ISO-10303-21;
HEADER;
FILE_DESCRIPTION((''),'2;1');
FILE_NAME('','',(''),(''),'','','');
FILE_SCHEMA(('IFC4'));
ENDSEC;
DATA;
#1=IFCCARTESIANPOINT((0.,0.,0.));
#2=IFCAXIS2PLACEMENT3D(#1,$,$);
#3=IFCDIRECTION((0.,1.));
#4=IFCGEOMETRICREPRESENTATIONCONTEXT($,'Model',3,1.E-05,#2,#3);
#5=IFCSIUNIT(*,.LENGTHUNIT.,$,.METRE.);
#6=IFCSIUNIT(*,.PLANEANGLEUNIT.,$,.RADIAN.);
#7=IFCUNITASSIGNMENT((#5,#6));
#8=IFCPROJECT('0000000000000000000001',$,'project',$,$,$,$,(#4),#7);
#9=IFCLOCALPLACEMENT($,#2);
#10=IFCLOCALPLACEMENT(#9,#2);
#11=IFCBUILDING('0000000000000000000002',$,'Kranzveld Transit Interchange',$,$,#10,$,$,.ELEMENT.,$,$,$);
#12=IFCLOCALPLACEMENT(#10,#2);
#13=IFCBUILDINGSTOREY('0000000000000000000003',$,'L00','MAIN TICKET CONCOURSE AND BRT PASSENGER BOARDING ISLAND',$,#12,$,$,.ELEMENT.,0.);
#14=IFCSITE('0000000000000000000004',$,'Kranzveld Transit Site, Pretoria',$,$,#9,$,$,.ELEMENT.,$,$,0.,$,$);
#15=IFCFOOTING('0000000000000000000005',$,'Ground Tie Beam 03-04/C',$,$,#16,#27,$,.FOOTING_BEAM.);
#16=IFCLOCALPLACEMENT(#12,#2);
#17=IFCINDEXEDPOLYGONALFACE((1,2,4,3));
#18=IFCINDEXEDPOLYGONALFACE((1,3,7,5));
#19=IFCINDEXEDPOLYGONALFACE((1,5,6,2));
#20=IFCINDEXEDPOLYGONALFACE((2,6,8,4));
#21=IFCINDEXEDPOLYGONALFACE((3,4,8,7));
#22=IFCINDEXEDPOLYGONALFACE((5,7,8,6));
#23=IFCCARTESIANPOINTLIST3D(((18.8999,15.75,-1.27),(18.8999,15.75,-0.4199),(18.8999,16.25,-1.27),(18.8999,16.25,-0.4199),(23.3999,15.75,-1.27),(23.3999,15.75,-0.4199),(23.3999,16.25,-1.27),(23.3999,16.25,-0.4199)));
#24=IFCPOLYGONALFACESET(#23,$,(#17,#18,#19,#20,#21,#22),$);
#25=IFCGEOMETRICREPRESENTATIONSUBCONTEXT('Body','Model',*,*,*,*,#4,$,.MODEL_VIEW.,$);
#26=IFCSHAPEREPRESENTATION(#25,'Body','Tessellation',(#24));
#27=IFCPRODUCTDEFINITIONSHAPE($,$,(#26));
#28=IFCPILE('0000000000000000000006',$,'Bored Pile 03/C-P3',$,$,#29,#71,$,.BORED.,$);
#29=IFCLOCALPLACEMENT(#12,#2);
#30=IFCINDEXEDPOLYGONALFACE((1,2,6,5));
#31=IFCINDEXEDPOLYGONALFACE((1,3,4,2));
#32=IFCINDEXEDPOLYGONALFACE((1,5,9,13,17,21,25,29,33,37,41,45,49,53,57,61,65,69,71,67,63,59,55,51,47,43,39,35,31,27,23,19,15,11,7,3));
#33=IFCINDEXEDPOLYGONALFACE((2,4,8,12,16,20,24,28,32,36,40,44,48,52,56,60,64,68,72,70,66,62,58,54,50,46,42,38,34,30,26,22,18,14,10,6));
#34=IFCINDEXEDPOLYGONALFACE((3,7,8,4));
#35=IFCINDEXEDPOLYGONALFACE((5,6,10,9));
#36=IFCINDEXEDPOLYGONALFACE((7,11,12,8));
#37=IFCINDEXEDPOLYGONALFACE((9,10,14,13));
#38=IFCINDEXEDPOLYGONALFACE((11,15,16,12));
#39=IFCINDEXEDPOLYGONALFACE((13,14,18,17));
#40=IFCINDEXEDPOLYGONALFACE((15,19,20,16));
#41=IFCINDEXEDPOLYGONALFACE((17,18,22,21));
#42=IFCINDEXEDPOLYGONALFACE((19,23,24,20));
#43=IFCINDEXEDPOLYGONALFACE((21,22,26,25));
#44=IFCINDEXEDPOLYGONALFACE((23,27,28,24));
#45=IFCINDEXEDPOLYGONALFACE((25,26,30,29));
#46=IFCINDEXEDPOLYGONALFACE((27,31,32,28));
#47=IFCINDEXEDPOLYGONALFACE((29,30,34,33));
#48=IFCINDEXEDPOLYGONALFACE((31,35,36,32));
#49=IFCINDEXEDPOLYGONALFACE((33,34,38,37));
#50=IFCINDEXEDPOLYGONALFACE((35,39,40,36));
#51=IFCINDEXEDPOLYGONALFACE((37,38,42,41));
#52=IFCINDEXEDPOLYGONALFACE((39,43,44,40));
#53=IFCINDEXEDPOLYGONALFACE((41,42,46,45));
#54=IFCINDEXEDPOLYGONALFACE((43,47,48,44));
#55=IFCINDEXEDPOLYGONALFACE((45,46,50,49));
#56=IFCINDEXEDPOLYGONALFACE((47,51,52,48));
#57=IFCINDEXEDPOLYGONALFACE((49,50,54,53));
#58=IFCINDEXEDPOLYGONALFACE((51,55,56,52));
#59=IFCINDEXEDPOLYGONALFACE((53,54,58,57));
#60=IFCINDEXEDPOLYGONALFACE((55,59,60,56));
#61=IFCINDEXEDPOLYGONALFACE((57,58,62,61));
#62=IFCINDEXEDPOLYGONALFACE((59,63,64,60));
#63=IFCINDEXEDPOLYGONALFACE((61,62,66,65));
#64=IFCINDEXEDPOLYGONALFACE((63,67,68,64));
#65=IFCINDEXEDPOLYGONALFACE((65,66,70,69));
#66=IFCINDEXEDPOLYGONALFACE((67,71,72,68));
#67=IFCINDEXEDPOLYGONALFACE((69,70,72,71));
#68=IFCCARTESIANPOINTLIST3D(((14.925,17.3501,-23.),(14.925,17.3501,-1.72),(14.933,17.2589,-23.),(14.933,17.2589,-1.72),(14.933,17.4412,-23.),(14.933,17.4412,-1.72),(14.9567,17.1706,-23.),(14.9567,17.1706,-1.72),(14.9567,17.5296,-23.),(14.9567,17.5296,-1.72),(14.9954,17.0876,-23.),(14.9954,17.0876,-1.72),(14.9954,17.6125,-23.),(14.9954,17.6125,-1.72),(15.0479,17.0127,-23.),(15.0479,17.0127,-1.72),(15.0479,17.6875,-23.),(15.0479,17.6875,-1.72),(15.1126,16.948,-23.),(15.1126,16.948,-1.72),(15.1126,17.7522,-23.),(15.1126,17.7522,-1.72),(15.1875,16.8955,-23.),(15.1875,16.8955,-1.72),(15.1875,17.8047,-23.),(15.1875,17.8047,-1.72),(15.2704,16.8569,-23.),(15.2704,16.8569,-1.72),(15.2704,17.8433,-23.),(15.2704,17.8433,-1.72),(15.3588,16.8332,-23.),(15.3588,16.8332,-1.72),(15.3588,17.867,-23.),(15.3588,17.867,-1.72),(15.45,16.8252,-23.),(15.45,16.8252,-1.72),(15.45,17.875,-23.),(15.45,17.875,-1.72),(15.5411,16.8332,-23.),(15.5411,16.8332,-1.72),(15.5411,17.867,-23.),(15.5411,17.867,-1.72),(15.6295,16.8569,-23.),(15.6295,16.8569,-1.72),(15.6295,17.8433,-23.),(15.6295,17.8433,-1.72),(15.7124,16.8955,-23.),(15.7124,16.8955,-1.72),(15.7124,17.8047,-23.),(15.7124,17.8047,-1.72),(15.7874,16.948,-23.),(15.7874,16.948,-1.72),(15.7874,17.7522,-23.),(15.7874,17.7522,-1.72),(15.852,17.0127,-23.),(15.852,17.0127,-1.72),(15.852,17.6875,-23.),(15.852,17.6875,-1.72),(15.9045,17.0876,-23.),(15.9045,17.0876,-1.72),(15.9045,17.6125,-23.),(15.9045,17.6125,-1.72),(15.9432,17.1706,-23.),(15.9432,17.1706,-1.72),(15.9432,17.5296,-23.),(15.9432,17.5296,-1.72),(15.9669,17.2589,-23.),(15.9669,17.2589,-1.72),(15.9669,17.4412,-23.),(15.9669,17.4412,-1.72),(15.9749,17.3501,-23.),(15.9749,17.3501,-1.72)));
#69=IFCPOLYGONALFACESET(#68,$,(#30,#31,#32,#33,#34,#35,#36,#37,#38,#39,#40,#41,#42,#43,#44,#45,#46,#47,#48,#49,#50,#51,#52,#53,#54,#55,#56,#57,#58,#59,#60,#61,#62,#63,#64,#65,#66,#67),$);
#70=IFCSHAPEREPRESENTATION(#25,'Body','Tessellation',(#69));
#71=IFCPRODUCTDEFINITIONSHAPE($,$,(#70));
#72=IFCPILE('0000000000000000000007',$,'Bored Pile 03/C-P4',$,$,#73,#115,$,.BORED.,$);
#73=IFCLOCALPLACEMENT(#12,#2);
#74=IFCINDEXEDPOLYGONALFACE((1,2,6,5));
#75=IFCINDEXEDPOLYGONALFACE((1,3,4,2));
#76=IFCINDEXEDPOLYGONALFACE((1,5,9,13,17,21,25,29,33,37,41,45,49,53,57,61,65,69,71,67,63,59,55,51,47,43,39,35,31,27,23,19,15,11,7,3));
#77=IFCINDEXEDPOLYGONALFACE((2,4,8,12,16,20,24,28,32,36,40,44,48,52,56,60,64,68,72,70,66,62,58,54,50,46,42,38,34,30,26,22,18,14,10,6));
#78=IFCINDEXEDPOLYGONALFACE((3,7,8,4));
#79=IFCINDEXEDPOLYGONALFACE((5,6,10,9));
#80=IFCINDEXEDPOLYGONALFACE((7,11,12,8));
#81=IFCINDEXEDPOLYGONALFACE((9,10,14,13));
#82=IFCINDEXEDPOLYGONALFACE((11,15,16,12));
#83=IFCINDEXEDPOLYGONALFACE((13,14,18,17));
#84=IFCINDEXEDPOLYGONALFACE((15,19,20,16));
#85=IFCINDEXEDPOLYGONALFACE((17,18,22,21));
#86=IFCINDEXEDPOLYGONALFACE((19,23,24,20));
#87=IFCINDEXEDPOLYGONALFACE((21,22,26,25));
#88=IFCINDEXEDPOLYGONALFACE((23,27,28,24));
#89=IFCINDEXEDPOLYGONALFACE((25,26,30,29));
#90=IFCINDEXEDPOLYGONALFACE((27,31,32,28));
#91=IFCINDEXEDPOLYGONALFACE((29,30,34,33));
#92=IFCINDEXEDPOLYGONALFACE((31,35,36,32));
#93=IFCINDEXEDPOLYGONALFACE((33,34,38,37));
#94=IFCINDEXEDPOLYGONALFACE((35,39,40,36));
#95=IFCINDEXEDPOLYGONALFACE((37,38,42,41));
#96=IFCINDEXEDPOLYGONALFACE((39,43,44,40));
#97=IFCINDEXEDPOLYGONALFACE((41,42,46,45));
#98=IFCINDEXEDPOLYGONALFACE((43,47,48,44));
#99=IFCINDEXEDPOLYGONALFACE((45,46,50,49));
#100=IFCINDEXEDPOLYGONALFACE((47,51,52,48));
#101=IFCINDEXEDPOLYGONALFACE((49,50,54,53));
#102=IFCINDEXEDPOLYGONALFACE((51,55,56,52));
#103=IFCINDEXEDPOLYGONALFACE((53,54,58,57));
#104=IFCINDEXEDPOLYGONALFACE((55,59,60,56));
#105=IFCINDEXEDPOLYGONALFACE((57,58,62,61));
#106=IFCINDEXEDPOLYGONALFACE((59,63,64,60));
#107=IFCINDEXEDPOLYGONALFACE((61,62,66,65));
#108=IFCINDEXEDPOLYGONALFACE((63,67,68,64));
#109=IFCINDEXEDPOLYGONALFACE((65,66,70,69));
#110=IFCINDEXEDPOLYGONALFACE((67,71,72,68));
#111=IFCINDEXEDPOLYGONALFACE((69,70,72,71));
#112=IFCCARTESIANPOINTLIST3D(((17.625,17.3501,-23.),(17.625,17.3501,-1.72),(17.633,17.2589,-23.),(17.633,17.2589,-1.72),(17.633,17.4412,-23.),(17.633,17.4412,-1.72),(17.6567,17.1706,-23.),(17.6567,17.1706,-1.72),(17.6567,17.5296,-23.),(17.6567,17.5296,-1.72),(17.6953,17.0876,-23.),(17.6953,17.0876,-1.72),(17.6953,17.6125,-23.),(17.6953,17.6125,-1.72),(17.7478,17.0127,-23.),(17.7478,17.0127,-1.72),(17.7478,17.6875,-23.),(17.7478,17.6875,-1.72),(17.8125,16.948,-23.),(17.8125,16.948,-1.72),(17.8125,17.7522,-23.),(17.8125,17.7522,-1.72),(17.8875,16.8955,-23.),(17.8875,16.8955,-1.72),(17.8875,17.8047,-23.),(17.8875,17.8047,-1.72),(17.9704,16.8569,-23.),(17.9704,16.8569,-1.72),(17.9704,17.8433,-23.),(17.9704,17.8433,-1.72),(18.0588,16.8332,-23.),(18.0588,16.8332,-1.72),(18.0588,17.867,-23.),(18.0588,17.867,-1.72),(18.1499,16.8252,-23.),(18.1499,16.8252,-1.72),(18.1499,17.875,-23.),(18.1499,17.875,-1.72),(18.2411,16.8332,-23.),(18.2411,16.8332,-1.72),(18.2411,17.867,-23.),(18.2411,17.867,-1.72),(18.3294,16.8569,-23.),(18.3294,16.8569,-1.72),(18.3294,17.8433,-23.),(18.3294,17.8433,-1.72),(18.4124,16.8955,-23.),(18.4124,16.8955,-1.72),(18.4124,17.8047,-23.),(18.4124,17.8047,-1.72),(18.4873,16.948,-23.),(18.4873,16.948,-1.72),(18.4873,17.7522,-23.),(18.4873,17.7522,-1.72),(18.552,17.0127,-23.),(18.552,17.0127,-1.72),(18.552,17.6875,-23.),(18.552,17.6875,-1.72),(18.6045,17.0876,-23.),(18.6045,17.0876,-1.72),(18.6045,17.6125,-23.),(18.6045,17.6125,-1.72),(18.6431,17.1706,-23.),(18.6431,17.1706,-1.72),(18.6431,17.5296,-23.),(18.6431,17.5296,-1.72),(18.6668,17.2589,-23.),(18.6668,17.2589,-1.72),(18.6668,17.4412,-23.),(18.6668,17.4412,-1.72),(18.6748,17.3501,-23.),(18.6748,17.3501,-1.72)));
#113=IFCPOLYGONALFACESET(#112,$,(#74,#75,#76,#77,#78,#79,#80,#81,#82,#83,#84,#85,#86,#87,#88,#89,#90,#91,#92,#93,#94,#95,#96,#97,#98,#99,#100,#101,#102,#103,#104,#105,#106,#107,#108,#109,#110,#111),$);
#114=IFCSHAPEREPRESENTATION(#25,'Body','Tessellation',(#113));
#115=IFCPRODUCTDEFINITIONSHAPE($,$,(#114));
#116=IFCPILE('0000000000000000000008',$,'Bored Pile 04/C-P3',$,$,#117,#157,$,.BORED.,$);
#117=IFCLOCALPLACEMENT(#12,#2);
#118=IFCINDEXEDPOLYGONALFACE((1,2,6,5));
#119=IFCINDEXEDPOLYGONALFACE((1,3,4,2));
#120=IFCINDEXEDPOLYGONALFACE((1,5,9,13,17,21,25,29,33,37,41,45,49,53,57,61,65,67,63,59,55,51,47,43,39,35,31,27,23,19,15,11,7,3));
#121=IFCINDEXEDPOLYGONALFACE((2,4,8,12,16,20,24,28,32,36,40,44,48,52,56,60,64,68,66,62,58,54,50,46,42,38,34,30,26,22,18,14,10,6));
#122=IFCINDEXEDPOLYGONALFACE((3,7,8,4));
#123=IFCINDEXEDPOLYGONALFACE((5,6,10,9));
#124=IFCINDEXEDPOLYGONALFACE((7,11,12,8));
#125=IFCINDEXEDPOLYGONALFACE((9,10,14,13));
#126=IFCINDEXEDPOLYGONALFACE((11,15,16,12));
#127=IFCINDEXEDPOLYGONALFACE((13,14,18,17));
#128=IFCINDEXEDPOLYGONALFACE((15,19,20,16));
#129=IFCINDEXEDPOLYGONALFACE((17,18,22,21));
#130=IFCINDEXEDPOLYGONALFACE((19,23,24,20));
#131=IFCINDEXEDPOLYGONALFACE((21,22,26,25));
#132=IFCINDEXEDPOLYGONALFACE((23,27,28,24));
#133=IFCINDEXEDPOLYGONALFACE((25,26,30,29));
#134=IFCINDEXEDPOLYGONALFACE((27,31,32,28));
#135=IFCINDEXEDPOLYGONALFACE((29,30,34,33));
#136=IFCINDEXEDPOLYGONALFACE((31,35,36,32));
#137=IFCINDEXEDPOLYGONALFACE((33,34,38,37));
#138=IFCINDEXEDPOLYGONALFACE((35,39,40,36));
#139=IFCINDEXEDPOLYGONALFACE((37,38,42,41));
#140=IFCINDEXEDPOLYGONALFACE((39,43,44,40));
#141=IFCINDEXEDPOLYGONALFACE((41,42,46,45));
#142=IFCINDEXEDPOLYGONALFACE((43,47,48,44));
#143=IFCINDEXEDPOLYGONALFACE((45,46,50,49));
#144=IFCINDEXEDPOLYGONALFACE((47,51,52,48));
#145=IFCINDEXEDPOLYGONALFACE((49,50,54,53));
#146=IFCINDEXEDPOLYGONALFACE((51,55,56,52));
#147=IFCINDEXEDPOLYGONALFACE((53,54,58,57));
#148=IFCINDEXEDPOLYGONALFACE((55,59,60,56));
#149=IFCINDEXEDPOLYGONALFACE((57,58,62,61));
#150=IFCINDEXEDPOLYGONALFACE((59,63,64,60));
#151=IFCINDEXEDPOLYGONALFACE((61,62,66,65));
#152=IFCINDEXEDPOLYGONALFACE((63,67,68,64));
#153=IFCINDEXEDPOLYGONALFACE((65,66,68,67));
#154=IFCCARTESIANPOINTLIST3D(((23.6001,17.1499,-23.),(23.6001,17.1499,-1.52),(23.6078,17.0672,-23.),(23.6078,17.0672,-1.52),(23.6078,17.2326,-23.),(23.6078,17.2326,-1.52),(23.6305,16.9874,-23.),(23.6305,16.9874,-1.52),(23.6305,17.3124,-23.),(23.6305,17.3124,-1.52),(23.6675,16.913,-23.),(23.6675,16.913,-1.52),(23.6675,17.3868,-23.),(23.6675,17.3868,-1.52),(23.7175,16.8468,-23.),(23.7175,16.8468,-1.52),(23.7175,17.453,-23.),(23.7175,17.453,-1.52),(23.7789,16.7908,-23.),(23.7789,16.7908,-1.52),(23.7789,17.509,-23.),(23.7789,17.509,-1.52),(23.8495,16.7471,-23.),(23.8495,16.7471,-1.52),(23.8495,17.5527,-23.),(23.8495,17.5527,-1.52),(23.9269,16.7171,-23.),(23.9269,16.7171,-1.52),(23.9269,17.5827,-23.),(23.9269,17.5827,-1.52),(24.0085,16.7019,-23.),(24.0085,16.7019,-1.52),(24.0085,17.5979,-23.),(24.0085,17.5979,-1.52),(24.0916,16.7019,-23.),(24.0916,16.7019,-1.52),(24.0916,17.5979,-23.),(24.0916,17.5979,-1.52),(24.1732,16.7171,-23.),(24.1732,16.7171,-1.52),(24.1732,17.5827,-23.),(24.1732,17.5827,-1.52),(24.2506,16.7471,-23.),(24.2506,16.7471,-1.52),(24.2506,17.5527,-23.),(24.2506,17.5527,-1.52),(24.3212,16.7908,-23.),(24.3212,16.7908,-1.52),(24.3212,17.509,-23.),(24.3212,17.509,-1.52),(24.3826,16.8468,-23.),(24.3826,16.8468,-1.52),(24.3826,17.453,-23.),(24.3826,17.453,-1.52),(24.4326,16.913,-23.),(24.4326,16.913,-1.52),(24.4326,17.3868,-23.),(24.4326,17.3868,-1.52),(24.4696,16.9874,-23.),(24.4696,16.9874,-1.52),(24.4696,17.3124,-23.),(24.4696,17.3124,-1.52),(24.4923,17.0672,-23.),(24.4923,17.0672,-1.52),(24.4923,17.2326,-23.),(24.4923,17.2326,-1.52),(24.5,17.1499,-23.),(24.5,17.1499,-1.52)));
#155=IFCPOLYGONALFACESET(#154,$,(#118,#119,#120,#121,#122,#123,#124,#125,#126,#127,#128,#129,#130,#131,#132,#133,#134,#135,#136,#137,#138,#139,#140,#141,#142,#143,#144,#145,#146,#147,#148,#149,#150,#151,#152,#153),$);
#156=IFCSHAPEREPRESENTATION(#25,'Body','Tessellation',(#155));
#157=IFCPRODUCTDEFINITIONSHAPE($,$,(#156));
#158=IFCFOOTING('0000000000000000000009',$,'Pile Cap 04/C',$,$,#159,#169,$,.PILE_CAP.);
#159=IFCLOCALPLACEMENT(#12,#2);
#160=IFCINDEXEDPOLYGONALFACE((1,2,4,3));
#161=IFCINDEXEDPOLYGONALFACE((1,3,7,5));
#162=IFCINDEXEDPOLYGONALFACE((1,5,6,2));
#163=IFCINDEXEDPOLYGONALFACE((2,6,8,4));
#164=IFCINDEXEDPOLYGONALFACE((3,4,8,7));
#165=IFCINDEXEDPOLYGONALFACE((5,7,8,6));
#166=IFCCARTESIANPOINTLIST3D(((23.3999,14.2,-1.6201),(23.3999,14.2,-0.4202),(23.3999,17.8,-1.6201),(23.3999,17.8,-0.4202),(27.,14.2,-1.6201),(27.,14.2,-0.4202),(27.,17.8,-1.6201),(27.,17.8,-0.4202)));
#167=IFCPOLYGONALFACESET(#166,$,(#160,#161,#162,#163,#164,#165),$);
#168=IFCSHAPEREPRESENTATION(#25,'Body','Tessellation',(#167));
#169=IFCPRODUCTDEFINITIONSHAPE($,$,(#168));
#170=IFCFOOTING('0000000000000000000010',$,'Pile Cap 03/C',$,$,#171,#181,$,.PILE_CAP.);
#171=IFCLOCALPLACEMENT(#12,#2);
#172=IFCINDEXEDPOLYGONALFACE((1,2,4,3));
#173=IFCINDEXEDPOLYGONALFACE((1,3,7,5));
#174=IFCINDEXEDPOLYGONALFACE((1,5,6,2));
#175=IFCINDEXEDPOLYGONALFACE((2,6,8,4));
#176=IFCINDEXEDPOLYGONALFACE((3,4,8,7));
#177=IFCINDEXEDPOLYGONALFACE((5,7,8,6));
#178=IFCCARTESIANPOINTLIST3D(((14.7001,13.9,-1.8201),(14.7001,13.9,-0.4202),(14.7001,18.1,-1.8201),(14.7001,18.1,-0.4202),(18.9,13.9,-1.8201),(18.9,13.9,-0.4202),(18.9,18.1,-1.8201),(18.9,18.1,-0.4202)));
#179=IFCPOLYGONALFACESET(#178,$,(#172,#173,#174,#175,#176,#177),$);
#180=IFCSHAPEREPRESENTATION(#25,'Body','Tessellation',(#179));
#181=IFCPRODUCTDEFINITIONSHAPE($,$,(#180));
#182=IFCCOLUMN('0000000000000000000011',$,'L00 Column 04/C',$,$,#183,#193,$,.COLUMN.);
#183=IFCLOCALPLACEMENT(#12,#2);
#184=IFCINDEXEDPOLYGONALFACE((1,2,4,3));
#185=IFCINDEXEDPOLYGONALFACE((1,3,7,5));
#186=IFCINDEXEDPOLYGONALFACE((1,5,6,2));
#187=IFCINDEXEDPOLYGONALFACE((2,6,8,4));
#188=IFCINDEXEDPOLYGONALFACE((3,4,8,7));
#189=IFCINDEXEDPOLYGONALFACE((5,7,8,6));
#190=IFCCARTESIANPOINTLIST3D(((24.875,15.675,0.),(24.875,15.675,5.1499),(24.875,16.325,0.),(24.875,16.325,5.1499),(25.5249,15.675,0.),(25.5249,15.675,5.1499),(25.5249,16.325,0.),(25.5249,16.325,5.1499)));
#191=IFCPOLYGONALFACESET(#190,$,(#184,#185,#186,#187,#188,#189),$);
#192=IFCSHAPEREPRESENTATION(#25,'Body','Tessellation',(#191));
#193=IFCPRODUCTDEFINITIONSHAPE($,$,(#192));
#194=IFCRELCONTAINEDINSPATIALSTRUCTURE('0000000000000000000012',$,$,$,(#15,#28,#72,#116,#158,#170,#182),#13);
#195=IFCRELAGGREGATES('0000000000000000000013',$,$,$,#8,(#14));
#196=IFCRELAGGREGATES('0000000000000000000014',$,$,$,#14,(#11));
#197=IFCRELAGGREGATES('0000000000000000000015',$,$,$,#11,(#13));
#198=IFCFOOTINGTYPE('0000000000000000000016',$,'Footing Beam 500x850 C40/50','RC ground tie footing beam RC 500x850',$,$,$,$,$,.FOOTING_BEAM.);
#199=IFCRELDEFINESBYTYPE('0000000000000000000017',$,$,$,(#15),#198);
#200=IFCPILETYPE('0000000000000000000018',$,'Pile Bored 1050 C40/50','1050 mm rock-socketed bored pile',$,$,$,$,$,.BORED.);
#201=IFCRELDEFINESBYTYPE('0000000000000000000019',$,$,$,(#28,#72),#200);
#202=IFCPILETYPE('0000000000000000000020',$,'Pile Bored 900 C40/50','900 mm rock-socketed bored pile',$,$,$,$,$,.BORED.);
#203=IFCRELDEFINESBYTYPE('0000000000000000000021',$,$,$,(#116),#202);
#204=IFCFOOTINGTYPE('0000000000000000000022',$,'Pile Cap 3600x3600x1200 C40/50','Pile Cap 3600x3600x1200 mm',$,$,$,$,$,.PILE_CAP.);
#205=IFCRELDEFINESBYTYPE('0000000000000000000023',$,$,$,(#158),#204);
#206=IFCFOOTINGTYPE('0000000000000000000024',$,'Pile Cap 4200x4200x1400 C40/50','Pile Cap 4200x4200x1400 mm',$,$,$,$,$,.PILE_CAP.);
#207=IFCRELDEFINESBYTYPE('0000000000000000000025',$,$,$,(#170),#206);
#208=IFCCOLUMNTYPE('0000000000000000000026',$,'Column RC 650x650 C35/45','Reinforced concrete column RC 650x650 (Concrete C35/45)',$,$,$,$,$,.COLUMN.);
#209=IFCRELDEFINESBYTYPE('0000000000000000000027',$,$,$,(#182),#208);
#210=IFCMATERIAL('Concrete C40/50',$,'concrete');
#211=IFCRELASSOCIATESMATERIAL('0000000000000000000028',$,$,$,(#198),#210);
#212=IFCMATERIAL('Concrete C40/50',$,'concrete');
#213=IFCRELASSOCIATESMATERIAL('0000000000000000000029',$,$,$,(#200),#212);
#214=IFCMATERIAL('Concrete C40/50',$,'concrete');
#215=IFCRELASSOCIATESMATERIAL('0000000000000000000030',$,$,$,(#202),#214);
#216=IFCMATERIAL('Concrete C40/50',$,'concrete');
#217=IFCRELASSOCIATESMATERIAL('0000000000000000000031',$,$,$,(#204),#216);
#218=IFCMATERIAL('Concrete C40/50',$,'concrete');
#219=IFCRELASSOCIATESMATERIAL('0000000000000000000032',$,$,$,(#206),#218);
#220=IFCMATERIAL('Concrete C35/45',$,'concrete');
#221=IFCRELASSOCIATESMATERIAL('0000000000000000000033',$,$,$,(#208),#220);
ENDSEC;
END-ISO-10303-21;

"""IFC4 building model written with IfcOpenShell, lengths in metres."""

from ifc_helpers import new_model, si_unit, direction, frame, origin, origin_2d, place, context, subcontext, project, spatial, rectangle, circle, extrude, material, material_profile, profile_set, type_object, element, save


model = new_model("IFC4")

# Units and contexts
model_context = context("Model", 3, precision=1e-05, world=origin(), true_north=direction((0.0, 1.0)))
body_context = subcontext(model_context, "Body", "Model", "MODEL_VIEW")
ifc_project = project(units=[si_unit("LENGTHUNIT", "METRE"), si_unit("PLANEANGLEUNIT", "RADIAN")], contexts=[model_context])

# Site, building, storey
site_placement = place(None, origin())
site = spatial("IfcSite", under=ifc_project, at=site_placement, Name="Kranzveld Transit Site, Pretoria", CompositionType="ELEMENT", RefElevation=0.0)
building_placement = place(site_placement, origin())
building = spatial("IfcBuilding", under=site, at=building_placement, Name="Kranzveld Transit Interchange", CompositionType="ELEMENT")
storey_placement = place(building_placement, origin())
storey = spatial("IfcBuildingStorey", under=building, at=storey_placement, Name="L00", Description="MAIN TICKET CONCOURSE AND BRT PASSENGER BOARDING ISLAND", CompositionType="ELEMENT", Elevation=0.0)

# Footing
ifc_material_1 = material(Name="Concrete C40/50", Category="concrete")
ifc_material_profile_1 = material_profile(ifc_material_1, rectangle(XDim=0.5, YDim=0.8501, at=origin_2d()), Name="RC 500x850")
ifc_profile_set_1 = profile_set([ifc_material_profile_1], Name="Concrete C40/50")
footing_type_1 = type_object("IfcFootingType", Name="Footing Beam 500x850 C40/50", Description="RC ground tie footing beam RC 500x850", PredefinedType="FOOTING_BEAM", material=ifc_profile_set_1)
footing_1_placement = place(storey_placement, frame((18.8999, 16.0, -0.845), z_axis=(1.0, 0.0, 0.0), x_axis=(0.0, 1.0, 0.0)))
element("IfcFooting", 1, at=footing_1_placement, inside=storey, type_object=footing_type_1, Name="Ground Tie Beam 03-04/C", PredefinedType="FOOTING_BEAM", context=body_context, shape_type="SweptSolid", body=[
    extrude(rectangle(XDim=0.5, YDim=0.8501, at=origin_2d()), origin(), (0.0, 0.0, 1.0), 4.5),
])

# Piles
ifc_material_2 = material(Name="Concrete C40/50", Category="concrete")
ifc_material_profile_2 = material_profile(ifc_material_2, circle(Radius=0.5249, at=origin_2d()), Name="BORED PILE 1050")
ifc_profile_set_2 = profile_set([ifc_material_profile_2], Name="Concrete C40/50")
pile_type_1 = type_object("IfcPileType", Name="Pile Bored 1050 C40/50", Description="1050 mm rock-socketed bored pile", PredefinedType="BORED", material=ifc_profile_set_2)
for number, where, z_axis, x_axis, name in (
    (2, (15.45, 17.3501, -1.72), (0.0, 0.0, -1.0), (1.0, 0.0, 0.0), "Bored Pile 03/C-P3"),
    (3, (18.1499, 17.3501, -1.72), (0.0, 0.0, -1.0), (1.0, 0.0, 0.0), "Bored Pile 03/C-P4"),
):
    element("IfcPile", number, at=place(storey_placement, frame(where, z_axis=z_axis, x_axis=x_axis)), inside=storey, type_object=pile_type_1, Name=name, PredefinedType="BORED", context=body_context, shape_type="SweptSolid", body=[
        extrude(circle(Radius=0.5249, at=origin_2d()), origin(), (0.0, 0.0, 1.0), 21.28),
    ])
ifc_material_3 = material(Name="Concrete C40/50", Category="concrete")
ifc_material_profile_3 = material_profile(ifc_material_3, circle(Radius=0.45, at=origin_2d()), Name="BORED PILE 900")
ifc_profile_set_3 = profile_set([ifc_material_profile_3], Name="Concrete C40/50")
pile_type_2 = type_object("IfcPileType", Name="Pile Bored 900 C40/50", Description="900 mm rock-socketed bored pile", PredefinedType="BORED", material=ifc_profile_set_3)
pile_placement = place(storey_placement, frame((24.05, 17.1499, -1.52), z_axis=(0.0, 0.0, -1.0), x_axis=(1.0, 0.0, 0.0)))
element("IfcPile", 4, at=pile_placement, inside=storey, type_object=pile_type_2, Name="Bored Pile 04/C-P3", PredefinedType="BORED", context=body_context, shape_type="SweptSolid", body=[
    extrude(circle(Radius=0.45, at=origin_2d()), origin(), (0.0, 0.0, 1.0), 21.48),
])

# Footings
ifc_material_4 = material(Name="Concrete C40/50", Category="concrete")
footing_type_2 = type_object("IfcFootingType", Name="Pile Cap 3600x3600x1200 C40/50", Description="Pile Cap 3600x3600x1200 mm", PredefinedType="PILE_CAP", material=ifc_material_4)
footing_2_placement = place(storey_placement, frame((25.2, 16.0, -1.6201), z_axis=(0.0, 0.0, 1.0), x_axis=(1.0, 0.0, 0.0)))
element("IfcFooting", 5, at=footing_2_placement, inside=storey, type_object=footing_type_2, Name="Pile Cap 04/C", PredefinedType="PILE_CAP", context=body_context, shape_type="SweptSolid", body=[
    extrude(rectangle(XDim=3.6001, YDim=3.6001, at=origin_2d()), origin(), (0.0, 0.0, 1.0), 1.2),
])
ifc_material_5 = material(Name="Concrete C40/50", Category="concrete")
footing_type_3 = type_object("IfcFootingType", Name="Pile Cap 4200x4200x1400 C40/50", Description="Pile Cap 4200x4200x1400 mm", PredefinedType="PILE_CAP", material=ifc_material_5)
footing_3_placement = place(storey_placement, frame((16.8, 16.0, -1.8201), z_axis=(0.0, 0.0, 1.0), x_axis=(1.0, 0.0, 0.0)))
element("IfcFooting", 6, at=footing_3_placement, inside=storey, type_object=footing_type_3, Name="Pile Cap 03/C", PredefinedType="PILE_CAP", context=body_context, shape_type="SweptSolid", body=[
    extrude(rectangle(XDim=4.2, YDim=4.2, at=origin_2d()), origin(), (0.0, 0.0, 1.0), 1.3999),
])

# Column
ifc_material_6 = material(Name="Concrete C35/45", Category="concrete")
ifc_material_profile_4 = material_profile(ifc_material_6, rectangle(XDim=0.6499, YDim=0.6499, at=origin_2d()), Name="RC 650x650")
ifc_profile_set_4 = profile_set([ifc_material_profile_4], Name="Concrete C35/45")
column_type_1 = type_object("IfcColumnType", Name="Column RC 650x650 C35/45", Description="Reinforced concrete column RC 650x650 (Concrete C35/45)", PredefinedType="COLUMN", material=ifc_profile_set_4)
column_1_placement = place(storey_placement, frame((25.2, 16.0, 0.0), z_axis=(0.0, 0.0, 1.0), x_axis=(1.0, 0.0, 0.0)))
element("IfcColumn", 7, at=column_1_placement, inside=storey, type_object=column_type_1, Name="L00 Column 04/C", PredefinedType="COLUMN", context=body_context, shape_type="SweptSolid", body=[
    extrude(rectangle(XDim=0.6499, YDim=0.6499, at=origin_2d()), origin(), (0.0, 0.0, 1.0), 5.1499),
])

save(model, "model.ifc")
